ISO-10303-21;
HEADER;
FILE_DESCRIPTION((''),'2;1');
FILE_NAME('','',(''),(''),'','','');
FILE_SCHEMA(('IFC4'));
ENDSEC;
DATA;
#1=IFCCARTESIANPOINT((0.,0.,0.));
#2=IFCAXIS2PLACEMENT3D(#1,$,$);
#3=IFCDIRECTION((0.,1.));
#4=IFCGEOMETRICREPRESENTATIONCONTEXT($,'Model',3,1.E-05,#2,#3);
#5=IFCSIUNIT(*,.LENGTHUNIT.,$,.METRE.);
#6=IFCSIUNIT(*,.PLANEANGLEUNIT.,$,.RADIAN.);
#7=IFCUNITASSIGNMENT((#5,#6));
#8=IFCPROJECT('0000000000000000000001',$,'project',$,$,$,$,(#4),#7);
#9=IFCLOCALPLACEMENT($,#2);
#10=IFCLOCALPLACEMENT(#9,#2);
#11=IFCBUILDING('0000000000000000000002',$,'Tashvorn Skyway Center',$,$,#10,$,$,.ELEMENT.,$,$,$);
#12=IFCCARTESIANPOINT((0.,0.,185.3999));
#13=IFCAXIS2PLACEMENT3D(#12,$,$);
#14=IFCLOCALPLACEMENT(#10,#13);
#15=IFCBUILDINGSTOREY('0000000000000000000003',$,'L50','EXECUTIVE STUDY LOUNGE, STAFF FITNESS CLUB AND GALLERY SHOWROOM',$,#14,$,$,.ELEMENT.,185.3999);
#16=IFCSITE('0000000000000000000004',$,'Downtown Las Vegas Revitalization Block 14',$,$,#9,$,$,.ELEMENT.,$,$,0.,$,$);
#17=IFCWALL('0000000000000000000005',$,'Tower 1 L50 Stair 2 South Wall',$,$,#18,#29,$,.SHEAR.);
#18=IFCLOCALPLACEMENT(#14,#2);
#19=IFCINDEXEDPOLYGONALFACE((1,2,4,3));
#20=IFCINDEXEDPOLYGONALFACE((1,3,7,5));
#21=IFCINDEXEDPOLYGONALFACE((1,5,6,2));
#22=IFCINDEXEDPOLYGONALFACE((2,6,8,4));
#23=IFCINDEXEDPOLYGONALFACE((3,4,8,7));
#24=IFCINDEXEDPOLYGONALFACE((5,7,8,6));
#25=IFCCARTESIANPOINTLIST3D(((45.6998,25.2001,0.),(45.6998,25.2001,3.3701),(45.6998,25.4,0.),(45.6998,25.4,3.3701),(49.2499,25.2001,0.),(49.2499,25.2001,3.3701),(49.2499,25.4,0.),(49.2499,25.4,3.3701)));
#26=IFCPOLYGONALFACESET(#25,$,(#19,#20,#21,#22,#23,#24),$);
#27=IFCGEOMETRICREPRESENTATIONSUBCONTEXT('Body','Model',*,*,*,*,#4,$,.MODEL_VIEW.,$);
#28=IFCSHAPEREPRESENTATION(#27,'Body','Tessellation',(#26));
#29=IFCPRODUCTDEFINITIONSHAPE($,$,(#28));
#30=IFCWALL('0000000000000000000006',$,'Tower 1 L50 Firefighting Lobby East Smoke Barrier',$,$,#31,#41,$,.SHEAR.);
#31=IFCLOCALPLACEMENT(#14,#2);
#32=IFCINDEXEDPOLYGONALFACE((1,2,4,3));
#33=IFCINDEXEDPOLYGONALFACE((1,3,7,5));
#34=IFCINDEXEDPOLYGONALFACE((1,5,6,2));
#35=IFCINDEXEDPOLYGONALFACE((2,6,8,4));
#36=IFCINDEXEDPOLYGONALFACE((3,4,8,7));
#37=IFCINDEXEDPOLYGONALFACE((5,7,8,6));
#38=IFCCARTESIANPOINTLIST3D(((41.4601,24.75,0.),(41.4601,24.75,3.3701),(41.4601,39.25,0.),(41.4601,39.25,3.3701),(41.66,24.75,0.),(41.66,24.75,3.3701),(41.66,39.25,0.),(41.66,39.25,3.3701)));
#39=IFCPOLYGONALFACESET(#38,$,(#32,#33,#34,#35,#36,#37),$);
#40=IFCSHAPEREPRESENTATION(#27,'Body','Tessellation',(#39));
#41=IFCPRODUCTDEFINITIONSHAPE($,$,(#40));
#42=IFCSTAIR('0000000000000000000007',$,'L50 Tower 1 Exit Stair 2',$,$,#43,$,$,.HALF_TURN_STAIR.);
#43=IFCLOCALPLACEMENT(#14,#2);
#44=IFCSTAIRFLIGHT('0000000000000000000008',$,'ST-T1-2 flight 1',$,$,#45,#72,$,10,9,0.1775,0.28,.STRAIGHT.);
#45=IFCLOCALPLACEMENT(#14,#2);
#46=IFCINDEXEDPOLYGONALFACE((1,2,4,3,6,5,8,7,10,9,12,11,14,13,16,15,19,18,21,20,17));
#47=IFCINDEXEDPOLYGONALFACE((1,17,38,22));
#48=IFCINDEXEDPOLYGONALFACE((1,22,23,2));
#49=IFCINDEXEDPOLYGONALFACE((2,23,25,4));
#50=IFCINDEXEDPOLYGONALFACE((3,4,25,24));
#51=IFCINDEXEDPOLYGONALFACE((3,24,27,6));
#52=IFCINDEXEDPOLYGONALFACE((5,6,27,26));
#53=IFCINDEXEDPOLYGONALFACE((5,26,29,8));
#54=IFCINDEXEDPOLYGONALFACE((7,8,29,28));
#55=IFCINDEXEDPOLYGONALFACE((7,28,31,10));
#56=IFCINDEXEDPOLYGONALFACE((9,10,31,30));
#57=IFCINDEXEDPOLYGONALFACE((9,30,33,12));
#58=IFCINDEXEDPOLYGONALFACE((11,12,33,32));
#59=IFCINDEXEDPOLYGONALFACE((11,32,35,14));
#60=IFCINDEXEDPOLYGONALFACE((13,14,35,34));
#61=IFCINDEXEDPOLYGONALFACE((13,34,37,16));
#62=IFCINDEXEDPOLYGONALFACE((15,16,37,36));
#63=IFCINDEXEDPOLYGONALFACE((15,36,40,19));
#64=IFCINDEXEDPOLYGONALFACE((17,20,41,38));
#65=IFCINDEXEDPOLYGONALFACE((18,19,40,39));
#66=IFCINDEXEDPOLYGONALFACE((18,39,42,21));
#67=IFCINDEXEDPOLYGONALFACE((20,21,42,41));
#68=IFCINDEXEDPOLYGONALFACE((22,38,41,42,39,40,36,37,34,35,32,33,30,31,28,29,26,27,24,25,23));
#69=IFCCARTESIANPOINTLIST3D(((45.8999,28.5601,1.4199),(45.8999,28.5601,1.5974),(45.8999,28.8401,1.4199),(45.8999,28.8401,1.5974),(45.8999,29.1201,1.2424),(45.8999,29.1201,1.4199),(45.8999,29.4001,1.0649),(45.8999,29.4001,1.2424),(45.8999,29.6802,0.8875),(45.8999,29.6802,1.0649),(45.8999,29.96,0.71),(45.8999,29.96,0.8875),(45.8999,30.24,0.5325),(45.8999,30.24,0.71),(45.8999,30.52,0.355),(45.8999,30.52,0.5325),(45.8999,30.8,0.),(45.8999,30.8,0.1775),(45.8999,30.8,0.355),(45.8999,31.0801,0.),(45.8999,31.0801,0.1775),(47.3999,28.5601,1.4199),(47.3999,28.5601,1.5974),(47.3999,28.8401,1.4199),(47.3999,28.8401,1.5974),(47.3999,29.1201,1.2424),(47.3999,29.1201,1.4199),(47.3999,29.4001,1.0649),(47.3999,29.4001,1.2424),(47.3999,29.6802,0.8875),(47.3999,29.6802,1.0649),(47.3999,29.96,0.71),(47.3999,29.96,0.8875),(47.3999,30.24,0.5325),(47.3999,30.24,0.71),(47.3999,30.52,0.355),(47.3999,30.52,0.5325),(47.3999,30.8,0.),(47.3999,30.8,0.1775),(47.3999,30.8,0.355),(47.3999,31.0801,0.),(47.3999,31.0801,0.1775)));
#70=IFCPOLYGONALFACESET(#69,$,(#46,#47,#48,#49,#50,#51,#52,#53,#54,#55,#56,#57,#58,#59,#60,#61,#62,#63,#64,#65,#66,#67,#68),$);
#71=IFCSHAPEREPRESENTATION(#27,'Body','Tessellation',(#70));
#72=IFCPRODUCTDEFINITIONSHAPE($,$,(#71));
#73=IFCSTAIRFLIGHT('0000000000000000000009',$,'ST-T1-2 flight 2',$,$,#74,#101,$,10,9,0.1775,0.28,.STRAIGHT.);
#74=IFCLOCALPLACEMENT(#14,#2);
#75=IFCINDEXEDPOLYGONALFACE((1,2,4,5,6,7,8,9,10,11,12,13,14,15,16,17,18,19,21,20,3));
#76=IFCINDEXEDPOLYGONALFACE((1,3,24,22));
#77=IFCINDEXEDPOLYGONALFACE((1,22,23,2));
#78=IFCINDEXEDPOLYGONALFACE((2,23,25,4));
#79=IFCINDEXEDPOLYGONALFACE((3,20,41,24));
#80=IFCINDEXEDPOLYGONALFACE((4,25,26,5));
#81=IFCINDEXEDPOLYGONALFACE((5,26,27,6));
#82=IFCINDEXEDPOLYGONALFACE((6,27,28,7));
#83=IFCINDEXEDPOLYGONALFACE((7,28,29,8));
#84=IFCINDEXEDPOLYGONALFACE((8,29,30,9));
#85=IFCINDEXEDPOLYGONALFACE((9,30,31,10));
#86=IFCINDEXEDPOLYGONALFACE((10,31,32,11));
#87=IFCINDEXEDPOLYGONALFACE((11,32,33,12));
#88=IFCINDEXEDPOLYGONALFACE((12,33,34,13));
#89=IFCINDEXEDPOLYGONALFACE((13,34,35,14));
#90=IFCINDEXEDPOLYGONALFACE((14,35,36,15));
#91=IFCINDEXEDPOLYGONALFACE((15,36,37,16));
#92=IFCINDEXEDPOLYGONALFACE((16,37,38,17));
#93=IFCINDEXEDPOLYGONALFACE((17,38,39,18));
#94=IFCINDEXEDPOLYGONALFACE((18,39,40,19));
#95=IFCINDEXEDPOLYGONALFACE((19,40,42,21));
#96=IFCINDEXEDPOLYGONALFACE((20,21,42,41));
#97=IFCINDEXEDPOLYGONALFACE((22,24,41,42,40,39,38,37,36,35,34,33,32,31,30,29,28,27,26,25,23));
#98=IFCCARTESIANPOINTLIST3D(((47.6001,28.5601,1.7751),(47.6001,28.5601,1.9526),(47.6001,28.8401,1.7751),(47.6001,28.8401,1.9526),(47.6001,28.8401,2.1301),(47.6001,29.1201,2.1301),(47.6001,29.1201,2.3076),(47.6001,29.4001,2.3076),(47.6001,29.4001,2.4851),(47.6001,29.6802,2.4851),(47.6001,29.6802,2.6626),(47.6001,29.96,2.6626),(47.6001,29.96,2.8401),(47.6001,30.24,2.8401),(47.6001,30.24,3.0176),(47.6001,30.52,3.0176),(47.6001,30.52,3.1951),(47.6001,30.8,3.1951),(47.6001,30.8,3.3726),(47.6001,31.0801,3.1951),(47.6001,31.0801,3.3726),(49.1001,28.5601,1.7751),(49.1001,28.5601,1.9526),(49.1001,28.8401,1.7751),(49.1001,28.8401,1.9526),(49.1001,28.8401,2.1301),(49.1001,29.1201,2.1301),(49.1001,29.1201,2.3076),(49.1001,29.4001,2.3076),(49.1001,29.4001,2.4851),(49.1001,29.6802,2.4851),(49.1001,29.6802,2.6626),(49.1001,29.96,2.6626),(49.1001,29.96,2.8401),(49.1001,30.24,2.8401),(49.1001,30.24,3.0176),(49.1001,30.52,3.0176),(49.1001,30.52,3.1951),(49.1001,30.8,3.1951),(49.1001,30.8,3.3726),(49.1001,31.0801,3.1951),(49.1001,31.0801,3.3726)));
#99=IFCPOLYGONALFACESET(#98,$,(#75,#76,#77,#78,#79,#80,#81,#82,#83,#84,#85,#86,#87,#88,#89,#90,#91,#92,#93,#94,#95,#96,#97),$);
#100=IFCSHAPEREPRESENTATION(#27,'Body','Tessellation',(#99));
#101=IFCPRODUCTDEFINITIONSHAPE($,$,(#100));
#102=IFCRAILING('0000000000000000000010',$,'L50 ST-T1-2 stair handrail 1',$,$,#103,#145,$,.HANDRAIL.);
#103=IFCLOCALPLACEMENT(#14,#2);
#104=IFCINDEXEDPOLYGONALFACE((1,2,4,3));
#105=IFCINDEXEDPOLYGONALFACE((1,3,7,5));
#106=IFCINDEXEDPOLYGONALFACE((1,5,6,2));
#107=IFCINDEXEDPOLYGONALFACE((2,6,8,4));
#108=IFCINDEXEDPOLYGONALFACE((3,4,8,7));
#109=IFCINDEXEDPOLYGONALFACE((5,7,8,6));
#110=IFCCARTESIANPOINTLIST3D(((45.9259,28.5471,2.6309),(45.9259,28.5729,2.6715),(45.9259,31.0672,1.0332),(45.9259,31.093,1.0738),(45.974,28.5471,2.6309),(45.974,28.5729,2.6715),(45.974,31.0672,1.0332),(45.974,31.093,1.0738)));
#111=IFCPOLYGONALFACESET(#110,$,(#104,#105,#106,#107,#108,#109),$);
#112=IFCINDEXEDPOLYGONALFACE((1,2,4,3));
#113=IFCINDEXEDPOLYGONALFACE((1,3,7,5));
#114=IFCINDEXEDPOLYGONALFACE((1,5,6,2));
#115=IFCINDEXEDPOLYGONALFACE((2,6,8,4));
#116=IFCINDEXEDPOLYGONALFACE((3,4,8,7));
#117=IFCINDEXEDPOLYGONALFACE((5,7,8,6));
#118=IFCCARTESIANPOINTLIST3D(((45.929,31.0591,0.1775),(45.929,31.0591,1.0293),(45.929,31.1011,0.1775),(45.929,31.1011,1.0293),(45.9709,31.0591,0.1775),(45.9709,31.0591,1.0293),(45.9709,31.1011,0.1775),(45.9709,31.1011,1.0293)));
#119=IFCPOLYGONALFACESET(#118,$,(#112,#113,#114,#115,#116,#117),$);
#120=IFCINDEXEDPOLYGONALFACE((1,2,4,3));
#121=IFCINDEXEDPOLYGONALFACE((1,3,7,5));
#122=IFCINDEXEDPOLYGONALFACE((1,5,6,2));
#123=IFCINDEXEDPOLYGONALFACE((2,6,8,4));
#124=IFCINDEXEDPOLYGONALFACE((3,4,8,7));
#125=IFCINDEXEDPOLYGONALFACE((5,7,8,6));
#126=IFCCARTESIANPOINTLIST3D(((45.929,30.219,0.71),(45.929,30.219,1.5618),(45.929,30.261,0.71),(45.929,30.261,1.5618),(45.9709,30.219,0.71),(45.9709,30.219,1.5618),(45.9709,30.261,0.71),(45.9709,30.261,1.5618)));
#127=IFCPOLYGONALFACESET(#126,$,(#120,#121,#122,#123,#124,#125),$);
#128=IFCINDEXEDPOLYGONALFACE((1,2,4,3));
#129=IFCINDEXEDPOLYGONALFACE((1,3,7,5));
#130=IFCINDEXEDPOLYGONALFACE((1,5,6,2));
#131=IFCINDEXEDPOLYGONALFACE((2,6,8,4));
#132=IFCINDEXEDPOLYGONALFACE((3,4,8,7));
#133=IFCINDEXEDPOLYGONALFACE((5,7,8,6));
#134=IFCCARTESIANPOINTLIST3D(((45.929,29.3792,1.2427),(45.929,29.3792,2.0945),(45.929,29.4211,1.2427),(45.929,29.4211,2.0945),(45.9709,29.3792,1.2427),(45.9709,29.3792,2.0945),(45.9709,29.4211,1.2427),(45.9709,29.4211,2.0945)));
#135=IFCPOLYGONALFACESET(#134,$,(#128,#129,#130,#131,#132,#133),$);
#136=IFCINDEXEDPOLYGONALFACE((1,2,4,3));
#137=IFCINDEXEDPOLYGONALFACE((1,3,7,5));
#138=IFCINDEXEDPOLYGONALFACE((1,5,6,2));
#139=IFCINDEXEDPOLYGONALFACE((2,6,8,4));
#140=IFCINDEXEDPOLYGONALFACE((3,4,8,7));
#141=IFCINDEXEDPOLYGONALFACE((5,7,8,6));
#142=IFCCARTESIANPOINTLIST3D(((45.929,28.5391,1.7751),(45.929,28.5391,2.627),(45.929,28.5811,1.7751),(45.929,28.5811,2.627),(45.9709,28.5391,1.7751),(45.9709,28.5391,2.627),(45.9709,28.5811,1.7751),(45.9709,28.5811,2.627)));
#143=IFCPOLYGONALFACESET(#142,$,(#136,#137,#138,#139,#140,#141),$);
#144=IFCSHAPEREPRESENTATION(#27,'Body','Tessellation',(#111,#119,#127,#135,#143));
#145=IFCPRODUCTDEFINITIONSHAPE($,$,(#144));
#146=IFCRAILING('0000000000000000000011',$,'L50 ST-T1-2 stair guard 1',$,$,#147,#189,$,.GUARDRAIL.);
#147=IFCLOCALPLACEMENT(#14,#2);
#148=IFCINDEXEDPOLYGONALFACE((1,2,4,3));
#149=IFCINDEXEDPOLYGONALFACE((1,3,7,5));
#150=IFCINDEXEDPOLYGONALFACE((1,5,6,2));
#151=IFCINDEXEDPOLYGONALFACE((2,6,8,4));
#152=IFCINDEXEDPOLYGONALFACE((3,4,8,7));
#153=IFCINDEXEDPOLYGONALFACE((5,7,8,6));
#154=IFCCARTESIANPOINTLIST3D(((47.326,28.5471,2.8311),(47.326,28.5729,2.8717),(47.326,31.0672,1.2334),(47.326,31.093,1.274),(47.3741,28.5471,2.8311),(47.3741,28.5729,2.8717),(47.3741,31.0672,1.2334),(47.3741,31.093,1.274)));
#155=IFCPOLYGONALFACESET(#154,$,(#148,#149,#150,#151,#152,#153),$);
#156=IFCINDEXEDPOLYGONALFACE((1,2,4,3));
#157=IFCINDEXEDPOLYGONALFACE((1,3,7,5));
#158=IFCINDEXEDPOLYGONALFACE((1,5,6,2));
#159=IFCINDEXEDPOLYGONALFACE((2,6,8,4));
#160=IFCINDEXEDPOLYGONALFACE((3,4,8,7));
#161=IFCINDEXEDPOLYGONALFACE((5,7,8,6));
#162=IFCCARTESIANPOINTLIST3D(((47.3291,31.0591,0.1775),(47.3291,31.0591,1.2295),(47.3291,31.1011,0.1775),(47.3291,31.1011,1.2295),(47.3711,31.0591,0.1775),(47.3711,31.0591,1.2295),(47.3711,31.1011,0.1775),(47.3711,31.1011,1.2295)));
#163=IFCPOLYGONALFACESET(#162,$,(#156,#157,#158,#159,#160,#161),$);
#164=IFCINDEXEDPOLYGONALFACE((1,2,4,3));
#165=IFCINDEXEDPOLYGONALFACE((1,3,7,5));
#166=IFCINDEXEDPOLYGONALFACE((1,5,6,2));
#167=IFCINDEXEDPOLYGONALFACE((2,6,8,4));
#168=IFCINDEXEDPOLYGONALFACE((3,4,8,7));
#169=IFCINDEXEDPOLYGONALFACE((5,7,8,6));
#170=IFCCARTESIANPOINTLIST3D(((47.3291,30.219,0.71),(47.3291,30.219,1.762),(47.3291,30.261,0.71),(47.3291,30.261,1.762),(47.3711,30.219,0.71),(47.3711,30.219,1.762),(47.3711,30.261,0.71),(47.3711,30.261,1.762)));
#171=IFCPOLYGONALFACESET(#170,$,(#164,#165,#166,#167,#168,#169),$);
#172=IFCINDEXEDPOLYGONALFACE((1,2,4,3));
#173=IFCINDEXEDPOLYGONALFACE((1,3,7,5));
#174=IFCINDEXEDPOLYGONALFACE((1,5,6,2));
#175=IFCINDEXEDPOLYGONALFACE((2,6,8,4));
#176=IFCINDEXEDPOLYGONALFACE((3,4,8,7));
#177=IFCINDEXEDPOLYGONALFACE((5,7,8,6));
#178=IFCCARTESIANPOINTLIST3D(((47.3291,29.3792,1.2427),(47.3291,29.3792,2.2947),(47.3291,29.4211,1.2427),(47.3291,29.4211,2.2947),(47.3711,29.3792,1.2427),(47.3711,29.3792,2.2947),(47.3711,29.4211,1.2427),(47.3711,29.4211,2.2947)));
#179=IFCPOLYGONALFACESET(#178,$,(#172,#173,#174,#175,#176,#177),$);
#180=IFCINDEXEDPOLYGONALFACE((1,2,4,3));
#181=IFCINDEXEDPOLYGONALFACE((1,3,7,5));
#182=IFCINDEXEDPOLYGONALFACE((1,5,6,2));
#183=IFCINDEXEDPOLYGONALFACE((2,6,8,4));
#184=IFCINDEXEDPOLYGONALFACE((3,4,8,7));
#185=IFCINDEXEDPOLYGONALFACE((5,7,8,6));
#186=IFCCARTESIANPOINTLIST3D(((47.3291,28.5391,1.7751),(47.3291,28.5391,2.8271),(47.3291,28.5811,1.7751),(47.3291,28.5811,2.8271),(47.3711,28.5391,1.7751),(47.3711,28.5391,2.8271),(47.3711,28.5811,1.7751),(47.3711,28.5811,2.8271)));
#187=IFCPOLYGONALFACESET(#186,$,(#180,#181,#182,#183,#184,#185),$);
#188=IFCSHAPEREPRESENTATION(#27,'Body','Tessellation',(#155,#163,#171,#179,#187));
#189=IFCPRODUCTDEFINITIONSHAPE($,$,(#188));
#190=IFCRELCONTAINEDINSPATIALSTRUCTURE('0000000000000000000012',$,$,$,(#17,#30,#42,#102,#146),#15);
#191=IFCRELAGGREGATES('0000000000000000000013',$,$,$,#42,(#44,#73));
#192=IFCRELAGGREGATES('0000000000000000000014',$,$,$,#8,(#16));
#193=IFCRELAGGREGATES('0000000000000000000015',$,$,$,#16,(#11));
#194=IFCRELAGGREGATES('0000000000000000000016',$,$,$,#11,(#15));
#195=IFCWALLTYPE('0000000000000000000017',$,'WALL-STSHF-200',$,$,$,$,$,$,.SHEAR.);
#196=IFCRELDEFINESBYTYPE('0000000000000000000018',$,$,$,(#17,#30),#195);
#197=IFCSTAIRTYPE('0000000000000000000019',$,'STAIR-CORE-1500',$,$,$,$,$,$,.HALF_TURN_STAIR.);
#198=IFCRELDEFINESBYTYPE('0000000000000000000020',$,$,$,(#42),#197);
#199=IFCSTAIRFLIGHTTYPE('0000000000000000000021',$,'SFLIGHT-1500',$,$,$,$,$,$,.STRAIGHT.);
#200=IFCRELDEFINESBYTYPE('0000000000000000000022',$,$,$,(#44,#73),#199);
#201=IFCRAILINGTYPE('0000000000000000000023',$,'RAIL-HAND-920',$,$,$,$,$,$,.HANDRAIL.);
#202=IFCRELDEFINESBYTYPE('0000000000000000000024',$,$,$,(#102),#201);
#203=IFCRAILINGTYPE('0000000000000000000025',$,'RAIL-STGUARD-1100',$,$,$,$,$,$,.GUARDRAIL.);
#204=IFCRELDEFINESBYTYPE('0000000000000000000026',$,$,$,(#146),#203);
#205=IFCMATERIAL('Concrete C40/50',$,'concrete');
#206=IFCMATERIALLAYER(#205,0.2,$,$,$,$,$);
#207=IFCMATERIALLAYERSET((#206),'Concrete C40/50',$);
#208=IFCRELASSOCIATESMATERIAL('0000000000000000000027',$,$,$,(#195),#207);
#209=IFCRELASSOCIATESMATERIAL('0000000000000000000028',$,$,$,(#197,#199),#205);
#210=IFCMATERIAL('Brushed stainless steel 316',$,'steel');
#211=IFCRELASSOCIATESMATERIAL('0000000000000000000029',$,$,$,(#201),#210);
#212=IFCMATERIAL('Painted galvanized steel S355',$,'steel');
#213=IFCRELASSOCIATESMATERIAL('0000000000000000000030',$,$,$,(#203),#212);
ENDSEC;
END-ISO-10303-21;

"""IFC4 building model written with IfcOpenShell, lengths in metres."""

from ifc_helpers import new_model, si_unit, direction, frame, frame_2d, origin, origin_2d, place, context, subcontext, project, spatial, polyline, rectangle, outline, extrude, material, layer, layer_set, type_object, element, aggregate, save


model = new_model("IFC4")

# Units and contexts
model_context = context("Model", 3, precision=1e-05, world=origin(), true_north=direction((0.0, 1.0)))
body_context = subcontext(model_context, "Body", "Model", "MODEL_VIEW")
ifc_project = project(units=[si_unit("LENGTHUNIT", "METRE"), si_unit("PLANEANGLEUNIT", "RADIAN")], contexts=[model_context])

# Site, building, storey
site_placement = place(None, origin())
site = spatial("IfcSite", under=ifc_project, at=site_placement, Name="Downtown Las Vegas Revitalization Block 14", CompositionType="ELEMENT", RefElevation=0.0)
building_placement = place(site_placement, origin())
building = spatial("IfcBuilding", under=site, at=building_placement, Name="Tashvorn Skyway Center", CompositionType="ELEMENT")
storey_placement = place(building_placement, frame((0.0, 0.0, 185.3999)))
storey = spatial("IfcBuildingStorey", under=building, at=storey_placement, Name="L50", Description="EXECUTIVE STUDY LOUNGE, STAFF FITNESS CLUB AND GALLERY SHOWROOM", CompositionType="ELEMENT", Elevation=185.3999)

# Shared definitions
ifc_material_1 = material(Name="Concrete C40/50", Category="concrete")

# Shared definitions
ifc_layer_1 = layer(ifc_material_1, 0.2)
ifc_layer_set_1 = layer_set([ifc_layer_1], Name="Concrete C40/50")
wall_type_1 = type_object("IfcWallType", Name="WALL-STSHF-200", PredefinedType="SHEAR", material=ifc_layer_set_1)

# Walls
wall_1_placement = place(storey_placement, frame((45.7, 25.3, 0.0), z_axis=(0.0, 0.0, 1.0), x_axis=(1.0, 0.0, 0.0)))
element("IfcWall", 1, at=wall_1_placement, inside=storey, type_object=wall_type_1, Name="Tower 1 L50 Stair 2 South Wall", PredefinedType="SHEAR", context=body_context, shape_type="SweptSolid", body=[
    extrude(rectangle(XDim=3.55, YDim=0.2, at=frame_2d((1.7749, 0.0))), origin(), (0.0, 0.0, 1.0), 3.3701),
])
wall_2_placement = place(storey_placement, frame((41.5601, 24.75, 0.0), z_axis=(0.0, 0.0, 1.0), x_axis=(0.0, 1.0, 0.0)))
element("IfcWall", 2, at=wall_2_placement, inside=storey, type_object=wall_type_1, Name="Tower 1 L50 Firefighting Lobby East Smoke Barrier", PredefinedType="SHEAR", context=body_context, shape_type="SweptSolid", body=[
    extrude(rectangle(XDim=14.5, YDim=0.2, at=frame_2d((7.25, 0.0))), origin(), (0.0, 0.0, 1.0), 3.3701),
])

# Stair, stair flights
stair_type = type_object("IfcStairType", Name="STAIR-CORE-1500", PredefinedType="HALF_TURN_STAIR", material=ifc_material_1)
stair_placement = place(storey_placement, origin())
stair = element("IfcStair", 3, at=stair_placement, inside=storey, type_object=stair_type, Name="L50 Tower 1 Exit Stair 2", PredefinedType="HALF_TURN_STAIR")
stair_flight_type = type_object("IfcStairFlightType", Name="SFLIGHT-1500", PredefinedType="STRAIGHT", material=ifc_material_1)
stair_flight_1_placement = place(storey_placement, frame((46.6499, 31.0801, 0.0), z_axis=(0.0, 0.0, 1.0), x_axis=(0.0, -1.0, 0.0)))
stair_flight_1 = element("IfcStairFlight", 4, at=stair_flight_1_placement, type_object=stair_flight_type, Name="ST-T1-2 flight 1", NumberOfRisers=10, NumberOfTreads=9, PredefinedType="STRAIGHT", RiserHeight=0.1775, TreadLength=0.28, context=body_context, shape_type="SweptSolid", body=[
    extrude(outline(polyline([(0.0, 0.0), (0.0, 0.1775), (0.28, 0.1775), (0.28, 0.355), (0.5601, 0.355), (0.5601, 0.5325), (0.8401, 0.5325), (0.8401, 0.71), (1.1201, 0.71), (1.1201, 0.8875), (1.3999, 0.8875), (1.3999, 1.0649), (1.6799, 1.0649), (1.6799, 1.2424), (1.96, 1.2424), (1.96, 1.4199), (2.24, 1.4199), (2.24, 1.5974), (2.52, 1.5974), (2.52, 1.7749), (2.52, 1.4199), (0.28, 0.0), (0.0, 0.0)])), frame((0.0, 0.75, 0.0), z_axis=(0.0, -1.0, 0.0), x_axis=(1.0, 0.0, 0.0)), (0.0, 0.0, 1.0), 1.5),
])
stair_flight_2_placement = place(storey_placement, frame((48.3501, 28.5601, 1.7751), z_axis=(0.0, 0.0, 1.0), x_axis=(0.0, 1.0, 0.0)))
stair_flight_2 = element("IfcStairFlight", 5, at=stair_flight_2_placement, type_object=stair_flight_type, Name="ST-T1-2 flight 2", NumberOfRisers=10, NumberOfTreads=9, PredefinedType="STRAIGHT", RiserHeight=0.1775, TreadLength=0.28, context=body_context, shape_type="SweptSolid", body=[
    extrude(outline(polyline([(0.0, 0.0), (0.0, 0.1775), (0.28, 0.1775), (0.28, 0.355), (0.5601, 0.355), (0.5601, 0.5325), (0.8401, 0.5325), (0.8401, 0.71), (1.1201, 0.71), (1.1201, 0.8875), (1.3999, 0.8875), (1.3999, 1.0649), (1.6799, 1.0649), (1.6799, 1.2424), (1.96, 1.2424), (1.96, 1.4199), (2.24, 1.4199), (2.24, 1.5974), (2.52, 1.5974), (2.52, 1.7749), (2.52, 1.4199), (0.28, 0.0), (0.0, 0.0)])), frame((0.0, 0.75, 0.0), z_axis=(0.0, -1.0, 0.0), x_axis=(1.0, 0.0, 0.0)), (0.0, 0.0, 1.0), 1.5),
])
aggregate(stair, [stair_flight_1, stair_flight_2])

# Railings
ifc_material_2 = material(Name="Brushed stainless steel 316", Category="steel")
railing_type_1 = type_object("IfcRailingType", Name="RAIL-HAND-920", PredefinedType="HANDRAIL", material=ifc_material_2)
railing_1_placement = place(storey_placement, frame((45.95, 31.0801, 0.1775)))
element("IfcRailing", 6, at=railing_1_placement, inside=storey, type_object=railing_type_1, Name="L50 ST-T1-2 stair handrail 1", PredefinedType="HANDRAIL", context=body_context, shape_type="SweptSolid", body=[
    extrude(rectangle(XDim=0.0481, YDim=0.0481, at=origin_2d()), frame((0.0, 0.0, 0.876), z_axis=(0.0, -0.84457, 0.535445), x_axis=(1.0, 0.0, 0.0)), (0.0, 0.0, 1.0), 2.9839),
    extrude(rectangle(XDim=0.042, YDim=0.042, at=origin_2d()), origin(), (0.0, 0.0, 1.0), 0.8518),
    extrude(rectangle(XDim=0.042, YDim=0.042, at=origin_2d()), frame((0.0, -0.8401, 0.5325)), (0.0, 0.0, 1.0), 0.8518),
    extrude(rectangle(XDim=0.042, YDim=0.042, at=origin_2d()), frame((0.0, -1.6799, 1.0652)), (0.0, 0.0, 1.0), 0.8518),
    extrude(rectangle(XDim=0.042, YDim=0.042, at=origin_2d()), frame((0.0, -2.52, 1.5977)), (0.0, 0.0, 1.0), 0.8518),
])
ifc_material_3 = material(Name="Painted galvanized steel S355", Category="steel")
railing_type_2 = type_object("IfcRailingType", Name="RAIL-STGUARD-1100", PredefinedType="GUARDRAIL", material=ifc_material_3)
railing_2_placement = place(storey_placement, frame((47.3501, 31.0801, 0.1775)))
element("IfcRailing", 7, at=railing_2_placement, inside=storey, type_object=railing_type_2, Name="L50 ST-T1-2 stair guard 1", PredefinedType="GUARDRAIL", context=body_context, shape_type="SweptSolid", body=[
    extrude(rectangle(XDim=0.0481, YDim=0.0481, at=origin_2d()), frame((0.0, 0.0, 1.0762), z_axis=(0.0, -0.84457, 0.535445), x_axis=(1.0, 0.0, 0.0)), (0.0, 0.0, 1.0), 2.9839),
    extrude(rectangle(XDim=0.042, YDim=0.042, at=origin_2d()), origin(), (0.0, 0.0, 1.0), 1.052),
    extrude(rectangle(XDim=0.042, YDim=0.042, at=origin_2d()), frame((0.0, -0.8401, 0.5325)), (0.0, 0.0, 1.0), 1.052),
    extrude(rectangle(XDim=0.042, YDim=0.042, at=origin_2d()), frame((0.0, -1.6799, 1.0652)), (0.0, 0.0, 1.0), 1.052),
    extrude(rectangle(XDim=0.042, YDim=0.042, at=origin_2d()), frame((0.0, -2.52, 1.5977)), (0.0, 0.0, 1.0), 1.052),
])

save(model, "model.ifc")
